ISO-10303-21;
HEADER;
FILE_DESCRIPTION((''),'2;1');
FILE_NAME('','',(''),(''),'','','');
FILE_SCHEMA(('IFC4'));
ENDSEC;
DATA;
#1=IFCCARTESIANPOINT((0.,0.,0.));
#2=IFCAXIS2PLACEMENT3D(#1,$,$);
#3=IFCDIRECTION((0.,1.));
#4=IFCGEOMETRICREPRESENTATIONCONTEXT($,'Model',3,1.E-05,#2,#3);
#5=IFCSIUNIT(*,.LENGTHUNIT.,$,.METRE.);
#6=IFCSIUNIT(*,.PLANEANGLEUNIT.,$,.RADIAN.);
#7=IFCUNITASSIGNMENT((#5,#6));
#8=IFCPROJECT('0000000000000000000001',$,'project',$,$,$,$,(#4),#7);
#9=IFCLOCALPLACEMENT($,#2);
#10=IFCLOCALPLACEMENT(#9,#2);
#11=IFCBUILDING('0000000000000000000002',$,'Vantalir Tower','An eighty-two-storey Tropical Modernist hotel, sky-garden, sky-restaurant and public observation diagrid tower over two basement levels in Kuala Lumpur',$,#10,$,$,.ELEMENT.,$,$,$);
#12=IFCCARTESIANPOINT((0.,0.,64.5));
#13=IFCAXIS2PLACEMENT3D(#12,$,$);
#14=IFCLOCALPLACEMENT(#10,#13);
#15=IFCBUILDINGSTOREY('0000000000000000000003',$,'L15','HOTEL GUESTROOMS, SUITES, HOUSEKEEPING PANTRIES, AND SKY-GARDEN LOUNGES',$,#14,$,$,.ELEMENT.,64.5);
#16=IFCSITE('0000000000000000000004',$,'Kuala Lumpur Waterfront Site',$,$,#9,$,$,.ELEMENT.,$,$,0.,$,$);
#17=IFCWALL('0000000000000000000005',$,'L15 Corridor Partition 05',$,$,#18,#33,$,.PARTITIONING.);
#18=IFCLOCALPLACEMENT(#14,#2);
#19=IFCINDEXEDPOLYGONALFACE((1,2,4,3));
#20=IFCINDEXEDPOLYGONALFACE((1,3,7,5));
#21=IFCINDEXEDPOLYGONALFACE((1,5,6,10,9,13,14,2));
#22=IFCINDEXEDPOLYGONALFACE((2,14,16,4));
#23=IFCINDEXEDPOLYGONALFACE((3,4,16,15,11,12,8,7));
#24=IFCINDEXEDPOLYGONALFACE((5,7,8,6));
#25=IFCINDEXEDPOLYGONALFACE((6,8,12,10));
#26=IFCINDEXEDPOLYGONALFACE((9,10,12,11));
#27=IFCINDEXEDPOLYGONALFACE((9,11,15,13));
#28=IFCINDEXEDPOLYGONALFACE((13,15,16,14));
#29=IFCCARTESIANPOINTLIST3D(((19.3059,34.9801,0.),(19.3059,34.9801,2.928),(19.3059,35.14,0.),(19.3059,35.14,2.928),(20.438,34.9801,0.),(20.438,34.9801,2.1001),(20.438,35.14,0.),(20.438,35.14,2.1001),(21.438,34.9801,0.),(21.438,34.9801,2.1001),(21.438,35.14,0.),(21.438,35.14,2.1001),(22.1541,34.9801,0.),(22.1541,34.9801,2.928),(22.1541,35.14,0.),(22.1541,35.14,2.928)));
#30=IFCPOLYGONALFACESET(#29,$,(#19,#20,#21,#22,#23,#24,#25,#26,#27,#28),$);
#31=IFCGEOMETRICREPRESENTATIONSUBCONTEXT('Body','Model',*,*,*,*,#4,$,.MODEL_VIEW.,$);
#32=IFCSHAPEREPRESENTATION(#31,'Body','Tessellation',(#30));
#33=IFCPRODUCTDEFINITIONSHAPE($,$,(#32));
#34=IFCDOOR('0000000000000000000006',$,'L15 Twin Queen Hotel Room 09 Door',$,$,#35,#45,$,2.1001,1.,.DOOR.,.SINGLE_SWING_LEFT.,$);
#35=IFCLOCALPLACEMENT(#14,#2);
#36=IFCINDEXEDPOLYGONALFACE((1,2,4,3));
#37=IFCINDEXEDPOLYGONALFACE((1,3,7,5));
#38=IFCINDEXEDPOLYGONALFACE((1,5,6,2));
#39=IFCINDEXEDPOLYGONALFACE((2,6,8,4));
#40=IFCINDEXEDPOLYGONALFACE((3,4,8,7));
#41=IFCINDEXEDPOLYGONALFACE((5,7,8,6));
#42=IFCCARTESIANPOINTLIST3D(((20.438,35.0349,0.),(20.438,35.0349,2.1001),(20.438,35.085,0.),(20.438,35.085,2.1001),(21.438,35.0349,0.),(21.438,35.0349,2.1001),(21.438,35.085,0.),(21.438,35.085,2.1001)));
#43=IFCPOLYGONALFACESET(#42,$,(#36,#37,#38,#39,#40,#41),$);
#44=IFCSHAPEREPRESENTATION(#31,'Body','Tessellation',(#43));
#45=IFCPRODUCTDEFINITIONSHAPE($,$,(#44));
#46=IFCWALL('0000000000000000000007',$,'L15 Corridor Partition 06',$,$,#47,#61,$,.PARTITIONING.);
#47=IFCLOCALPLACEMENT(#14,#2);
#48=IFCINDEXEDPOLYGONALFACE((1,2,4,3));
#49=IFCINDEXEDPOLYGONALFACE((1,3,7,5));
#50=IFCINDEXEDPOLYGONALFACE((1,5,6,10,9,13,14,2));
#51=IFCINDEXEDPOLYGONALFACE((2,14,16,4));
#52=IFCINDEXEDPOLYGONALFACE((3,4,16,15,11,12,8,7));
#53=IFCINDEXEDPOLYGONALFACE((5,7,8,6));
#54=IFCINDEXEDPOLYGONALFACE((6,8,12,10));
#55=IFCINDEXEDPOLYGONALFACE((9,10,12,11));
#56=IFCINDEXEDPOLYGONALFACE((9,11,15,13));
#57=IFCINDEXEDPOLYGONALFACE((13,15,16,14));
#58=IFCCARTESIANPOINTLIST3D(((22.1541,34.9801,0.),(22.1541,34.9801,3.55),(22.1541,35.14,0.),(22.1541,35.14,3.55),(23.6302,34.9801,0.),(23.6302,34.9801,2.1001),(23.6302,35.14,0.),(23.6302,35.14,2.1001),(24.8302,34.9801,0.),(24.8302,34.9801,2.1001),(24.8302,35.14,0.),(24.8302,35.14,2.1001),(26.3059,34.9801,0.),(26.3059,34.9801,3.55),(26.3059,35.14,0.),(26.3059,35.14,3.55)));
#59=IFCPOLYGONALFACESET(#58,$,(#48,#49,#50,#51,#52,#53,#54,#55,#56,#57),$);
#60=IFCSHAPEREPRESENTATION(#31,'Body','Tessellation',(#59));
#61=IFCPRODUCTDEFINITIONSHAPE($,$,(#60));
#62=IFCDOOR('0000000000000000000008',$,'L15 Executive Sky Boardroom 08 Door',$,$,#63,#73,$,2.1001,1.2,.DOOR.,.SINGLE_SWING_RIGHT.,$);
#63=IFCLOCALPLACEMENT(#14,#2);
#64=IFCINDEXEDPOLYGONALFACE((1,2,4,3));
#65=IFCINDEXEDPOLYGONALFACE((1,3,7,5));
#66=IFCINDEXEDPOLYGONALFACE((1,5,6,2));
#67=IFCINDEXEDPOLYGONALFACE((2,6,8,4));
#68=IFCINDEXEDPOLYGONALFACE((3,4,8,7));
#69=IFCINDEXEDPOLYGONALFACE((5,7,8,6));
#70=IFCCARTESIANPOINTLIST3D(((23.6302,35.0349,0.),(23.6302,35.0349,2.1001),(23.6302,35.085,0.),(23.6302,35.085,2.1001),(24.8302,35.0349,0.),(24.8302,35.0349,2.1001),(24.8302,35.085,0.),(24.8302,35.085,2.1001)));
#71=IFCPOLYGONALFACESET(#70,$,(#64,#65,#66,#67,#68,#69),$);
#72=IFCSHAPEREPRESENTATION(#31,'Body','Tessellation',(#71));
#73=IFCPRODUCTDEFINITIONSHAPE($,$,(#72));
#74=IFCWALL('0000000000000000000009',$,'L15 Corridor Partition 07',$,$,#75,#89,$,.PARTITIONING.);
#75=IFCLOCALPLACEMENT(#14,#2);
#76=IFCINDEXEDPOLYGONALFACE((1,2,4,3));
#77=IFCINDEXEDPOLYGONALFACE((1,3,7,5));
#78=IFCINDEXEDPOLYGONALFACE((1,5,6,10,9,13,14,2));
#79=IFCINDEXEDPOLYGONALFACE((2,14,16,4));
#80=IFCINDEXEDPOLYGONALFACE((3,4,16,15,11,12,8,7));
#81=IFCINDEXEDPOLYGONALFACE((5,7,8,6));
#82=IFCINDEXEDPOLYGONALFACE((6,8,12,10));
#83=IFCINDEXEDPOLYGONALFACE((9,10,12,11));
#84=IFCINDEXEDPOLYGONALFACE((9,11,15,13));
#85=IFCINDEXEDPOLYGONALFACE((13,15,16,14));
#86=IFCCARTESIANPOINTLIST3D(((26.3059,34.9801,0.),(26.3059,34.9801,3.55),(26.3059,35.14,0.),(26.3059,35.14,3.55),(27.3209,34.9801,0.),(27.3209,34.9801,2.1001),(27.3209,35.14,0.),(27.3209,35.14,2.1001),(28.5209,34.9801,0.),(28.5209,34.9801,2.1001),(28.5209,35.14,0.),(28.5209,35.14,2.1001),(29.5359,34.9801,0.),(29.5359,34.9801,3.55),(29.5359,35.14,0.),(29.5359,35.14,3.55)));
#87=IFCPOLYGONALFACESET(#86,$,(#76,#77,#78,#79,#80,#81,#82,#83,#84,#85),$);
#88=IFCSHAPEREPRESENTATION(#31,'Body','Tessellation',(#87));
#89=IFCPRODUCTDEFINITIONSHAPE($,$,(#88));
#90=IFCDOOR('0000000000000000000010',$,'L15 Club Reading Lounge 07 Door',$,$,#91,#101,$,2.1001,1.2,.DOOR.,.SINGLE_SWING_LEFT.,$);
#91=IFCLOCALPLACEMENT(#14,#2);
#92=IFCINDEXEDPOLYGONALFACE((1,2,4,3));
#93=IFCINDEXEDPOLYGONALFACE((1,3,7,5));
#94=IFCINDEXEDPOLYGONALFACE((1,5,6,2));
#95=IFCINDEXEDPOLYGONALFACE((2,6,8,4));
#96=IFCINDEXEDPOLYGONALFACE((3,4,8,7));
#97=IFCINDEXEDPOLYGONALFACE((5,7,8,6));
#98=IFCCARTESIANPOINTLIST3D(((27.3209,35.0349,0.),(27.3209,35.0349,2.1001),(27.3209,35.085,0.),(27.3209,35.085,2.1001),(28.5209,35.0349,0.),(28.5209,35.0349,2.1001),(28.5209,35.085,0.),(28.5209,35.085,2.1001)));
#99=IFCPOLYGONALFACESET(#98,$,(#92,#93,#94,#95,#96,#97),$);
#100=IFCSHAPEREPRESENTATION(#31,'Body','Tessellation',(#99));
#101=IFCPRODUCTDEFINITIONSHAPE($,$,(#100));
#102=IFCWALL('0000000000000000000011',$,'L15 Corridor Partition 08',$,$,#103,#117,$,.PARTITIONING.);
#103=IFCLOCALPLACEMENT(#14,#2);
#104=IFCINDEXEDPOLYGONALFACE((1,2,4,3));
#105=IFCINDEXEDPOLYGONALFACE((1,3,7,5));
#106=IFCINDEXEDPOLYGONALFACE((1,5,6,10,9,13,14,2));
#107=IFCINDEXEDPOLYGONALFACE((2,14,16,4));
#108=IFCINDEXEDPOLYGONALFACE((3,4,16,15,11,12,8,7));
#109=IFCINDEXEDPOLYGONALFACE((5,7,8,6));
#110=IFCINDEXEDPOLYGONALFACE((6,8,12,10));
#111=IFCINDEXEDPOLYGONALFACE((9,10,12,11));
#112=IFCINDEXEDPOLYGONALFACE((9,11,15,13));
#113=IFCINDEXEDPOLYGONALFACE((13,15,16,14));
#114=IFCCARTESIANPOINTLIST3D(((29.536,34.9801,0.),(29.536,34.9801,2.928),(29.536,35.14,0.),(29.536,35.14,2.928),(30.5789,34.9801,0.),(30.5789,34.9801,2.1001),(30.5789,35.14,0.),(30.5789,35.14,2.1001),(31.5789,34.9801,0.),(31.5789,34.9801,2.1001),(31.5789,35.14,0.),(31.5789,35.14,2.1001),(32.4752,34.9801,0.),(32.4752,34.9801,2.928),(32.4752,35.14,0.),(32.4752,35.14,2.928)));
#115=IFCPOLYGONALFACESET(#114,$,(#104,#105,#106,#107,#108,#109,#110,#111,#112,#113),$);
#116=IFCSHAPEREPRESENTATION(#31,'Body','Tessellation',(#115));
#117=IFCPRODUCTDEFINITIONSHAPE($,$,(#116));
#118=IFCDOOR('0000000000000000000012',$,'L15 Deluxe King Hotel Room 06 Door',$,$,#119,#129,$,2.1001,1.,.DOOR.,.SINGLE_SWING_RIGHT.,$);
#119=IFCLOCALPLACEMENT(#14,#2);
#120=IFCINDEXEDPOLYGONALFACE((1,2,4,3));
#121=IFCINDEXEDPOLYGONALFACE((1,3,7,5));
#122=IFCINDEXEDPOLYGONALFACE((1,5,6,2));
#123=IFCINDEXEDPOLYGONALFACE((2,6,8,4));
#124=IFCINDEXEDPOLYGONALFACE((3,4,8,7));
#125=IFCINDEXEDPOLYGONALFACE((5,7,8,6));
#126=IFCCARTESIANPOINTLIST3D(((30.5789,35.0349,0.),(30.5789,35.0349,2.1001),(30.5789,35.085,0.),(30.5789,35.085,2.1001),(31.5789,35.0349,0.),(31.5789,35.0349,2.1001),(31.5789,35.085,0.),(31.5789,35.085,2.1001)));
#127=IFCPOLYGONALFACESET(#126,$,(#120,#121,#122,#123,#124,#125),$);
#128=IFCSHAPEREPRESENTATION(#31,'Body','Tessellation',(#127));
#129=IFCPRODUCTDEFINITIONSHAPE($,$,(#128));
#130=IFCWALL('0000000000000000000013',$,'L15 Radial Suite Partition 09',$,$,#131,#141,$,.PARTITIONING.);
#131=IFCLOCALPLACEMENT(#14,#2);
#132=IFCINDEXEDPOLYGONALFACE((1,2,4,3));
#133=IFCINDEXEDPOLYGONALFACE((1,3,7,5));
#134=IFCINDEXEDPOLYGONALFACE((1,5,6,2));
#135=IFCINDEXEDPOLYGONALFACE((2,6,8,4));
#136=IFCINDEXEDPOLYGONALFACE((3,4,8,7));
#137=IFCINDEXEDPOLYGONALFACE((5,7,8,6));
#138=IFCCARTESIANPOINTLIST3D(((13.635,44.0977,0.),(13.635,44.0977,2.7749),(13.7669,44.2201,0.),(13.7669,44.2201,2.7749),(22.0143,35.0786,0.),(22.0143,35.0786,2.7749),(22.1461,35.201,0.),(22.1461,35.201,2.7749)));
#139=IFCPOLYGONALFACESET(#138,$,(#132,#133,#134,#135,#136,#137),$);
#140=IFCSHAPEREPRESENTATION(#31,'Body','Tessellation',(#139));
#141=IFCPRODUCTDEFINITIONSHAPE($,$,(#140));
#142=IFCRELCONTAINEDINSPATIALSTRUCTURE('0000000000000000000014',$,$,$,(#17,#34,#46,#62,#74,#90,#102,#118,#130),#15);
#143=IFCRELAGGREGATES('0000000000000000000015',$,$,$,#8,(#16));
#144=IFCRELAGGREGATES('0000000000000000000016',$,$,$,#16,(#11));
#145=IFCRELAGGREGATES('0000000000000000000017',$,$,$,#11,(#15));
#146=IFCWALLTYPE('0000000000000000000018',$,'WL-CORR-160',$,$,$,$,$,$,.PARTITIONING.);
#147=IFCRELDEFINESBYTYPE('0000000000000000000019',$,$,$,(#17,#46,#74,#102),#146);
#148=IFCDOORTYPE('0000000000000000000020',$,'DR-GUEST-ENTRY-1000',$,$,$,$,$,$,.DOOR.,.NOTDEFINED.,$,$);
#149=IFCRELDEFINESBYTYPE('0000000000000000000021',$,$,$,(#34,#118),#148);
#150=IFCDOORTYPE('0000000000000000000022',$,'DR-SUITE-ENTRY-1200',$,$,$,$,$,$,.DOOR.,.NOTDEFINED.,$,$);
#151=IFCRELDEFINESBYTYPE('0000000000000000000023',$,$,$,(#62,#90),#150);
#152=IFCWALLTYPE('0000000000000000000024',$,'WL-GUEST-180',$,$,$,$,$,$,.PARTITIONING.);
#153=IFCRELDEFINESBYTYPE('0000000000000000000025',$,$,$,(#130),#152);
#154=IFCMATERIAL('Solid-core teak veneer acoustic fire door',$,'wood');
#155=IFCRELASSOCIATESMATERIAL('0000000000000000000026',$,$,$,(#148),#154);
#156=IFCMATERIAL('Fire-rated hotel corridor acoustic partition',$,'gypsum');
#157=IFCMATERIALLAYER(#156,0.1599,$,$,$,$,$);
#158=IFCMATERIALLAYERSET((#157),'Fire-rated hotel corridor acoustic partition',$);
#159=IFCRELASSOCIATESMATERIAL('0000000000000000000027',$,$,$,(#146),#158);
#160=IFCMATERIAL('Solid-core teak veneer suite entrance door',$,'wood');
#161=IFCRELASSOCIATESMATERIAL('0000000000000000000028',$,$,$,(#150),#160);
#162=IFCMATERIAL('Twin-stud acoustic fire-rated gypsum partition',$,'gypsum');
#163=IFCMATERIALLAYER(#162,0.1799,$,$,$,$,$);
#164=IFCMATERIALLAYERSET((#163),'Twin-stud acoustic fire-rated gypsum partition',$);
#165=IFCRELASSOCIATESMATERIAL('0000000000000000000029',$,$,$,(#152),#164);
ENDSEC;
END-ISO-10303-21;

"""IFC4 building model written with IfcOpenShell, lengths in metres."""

from ifc_helpers import new_model, si_unit, direction, frame, frame_2d, origin, place, context, subcontext, project, spatial, rectangle, extrude, material, layer, layer_set, type_object, element, fill, save


model = new_model("IFC4")

# Units and contexts
model_context = context("Model", 3, precision=1e-05, world=origin(), true_north=direction((0.0, 1.0)))
body_context = subcontext(model_context, "Body", "Model", "MODEL_VIEW")
ifc_project = project(units=[si_unit("LENGTHUNIT", "METRE"), si_unit("PLANEANGLEUNIT", "RADIAN")], contexts=[model_context])

# Site, building, storey
site_placement = place(None, origin())
site = spatial("IfcSite", under=ifc_project, at=site_placement, Name="Kuala Lumpur Waterfront Site", CompositionType="ELEMENT", RefElevation=0.0)
building_placement = place(site_placement, origin())
building = spatial("IfcBuilding", under=site, at=building_placement, Name="Vantalir Tower", Description="An eighty-two-storey Tropical Modernist hotel, sky-garden, sky-restaurant and public observation diagrid tower over two basement levels in Kuala Lumpur", CompositionType="ELEMENT")
storey_placement = place(building_placement, frame((0.0, 0.0, 64.5)))
storey = spatial("IfcBuildingStorey", under=building, at=storey_placement, Name="L15", Description="HOTEL GUESTROOMS, SUITES, HOUSEKEEPING PANTRIES, AND SKY-GARDEN LOUNGES", CompositionType="ELEMENT", Elevation=64.5)

# Shared definitions
ifc_material_1 = material(Name="Solid-core teak veneer acoustic fire door", Category="wood")
door_type_1 = type_object("IfcDoorType", Name="DR-GUEST-ENTRY-1000", OperationType="NOTDEFINED", PredefinedType="DOOR", material=ifc_material_1)

# Shared definitions
ifc_material_2 = material(Name="Fire-rated hotel corridor acoustic partition", Category="gypsum")
ifc_layer_1 = layer(ifc_material_2, 0.1599)
ifc_layer_set_1 = layer_set([ifc_layer_1], Name="Fire-rated hotel corridor acoustic partition")
wall_type_1 = type_object("IfcWallType", Name="WL-CORR-160", PredefinedType="PARTITIONING", material=ifc_layer_set_1)

# Walls, openings, doors
wall_1_placement = place(storey_placement, frame((19.3059, 35.0601, 0.0), z_axis=(0.0, 0.0, 1.0), x_axis=(1.0, 0.0, 0.0)))
wall_1 = element("IfcWall", 1, at=wall_1_placement, inside=storey, type_object=wall_type_1, Name="L15 Corridor Partition 05", PredefinedType="PARTITIONING", context=body_context, shape_type="SweptSolid", body=[
    extrude(rectangle(XDim=2.8481, YDim=0.1599, at=frame_2d((1.4241, 0.0))), origin(), (0.0, 0.0, 1.0), 2.928),
])
opening_1_placement = place(wall_1_placement, frame((1.1321, 0.0, 0.0)))
opening_1 = element("IfcOpeningElement", 2, at=opening_1_placement, cuts=wall_1, PredefinedType="OPENING", context=body_context, shape_type="SweptSolid", body=[
    extrude(rectangle(XDim=1.0, YDim=2.1001, at=frame_2d((0.5, 1.05))), frame((0.0, 0.0898, 0.0), z_axis=(0.0, -1.0, 0.0), x_axis=(1.0, 0.0, 0.0)), (0.0, 0.0, 1.0), 0.1799),
])
door_1_placement = place(opening_1_placement, origin())
door_1 = element("IfcDoor", 3, at=door_1_placement, inside=storey, type_object=door_type_1, Name="L15 Twin Queen Hotel Room 09 Door", OperationType="SINGLE_SWING_LEFT", OverallHeight=2.1001, OverallWidth=1.0, PredefinedType="DOOR", context=body_context, shape_type="SweptSolid", body=[
    extrude(rectangle(XDim=1.0, YDim=2.1001, at=frame_2d((0.5, 1.05))), frame((0.0, 0.0249, 0.0), z_axis=(0.0, -1.0, 0.0), x_axis=(1.0, 0.0, 0.0)), (0.0, 0.0, 1.0), 0.05),
])
fill(opening_1, door_1)
wall_2_placement = place(storey_placement, frame((22.1541, 35.0601, 0.0), z_axis=(0.0, 0.0, 1.0), x_axis=(1.0, 0.0, 0.0)))
wall_2 = element("IfcWall", 4, at=wall_2_placement, inside=storey, type_object=wall_type_1, Name="L15 Corridor Partition 06", PredefinedType="PARTITIONING", context=body_context, shape_type="SweptSolid", body=[
    extrude(rectangle(XDim=4.1519, YDim=0.1599, at=frame_2d((2.0759, 0.0))), origin(), (0.0, 0.0, 1.0), 3.55),
])
opening_2_placement = place(wall_2_placement, frame((1.4761, 0.0, 0.0)))
opening_2 = element("IfcOpeningElement", 5, at=opening_2_placement, cuts=wall_2, PredefinedType="OPENING", context=body_context, shape_type="SweptSolid", body=[
    extrude(rectangle(XDim=1.2, YDim=2.1001, at=frame_2d((0.6001, 1.05))), frame((0.0, 0.0898, 0.0), z_axis=(0.0, -1.0, 0.0), x_axis=(1.0, 0.0, 0.0)), (0.0, 0.0, 1.0), 0.1799),
])
ifc_material_3 = material(Name="Solid-core teak veneer suite entrance door", Category="wood")
door_type_2 = type_object("IfcDoorType", Name="DR-SUITE-ENTRY-1200", OperationType="NOTDEFINED", PredefinedType="DOOR", material=ifc_material_3)
door_2_placement = place(opening_2_placement, origin())
door_2 = element("IfcDoor", 6, at=door_2_placement, inside=storey, type_object=door_type_2, Name="L15 Executive Sky Boardroom 08 Door", OperationType="SINGLE_SWING_RIGHT", OverallHeight=2.1001, OverallWidth=1.2, PredefinedType="DOOR", context=body_context, shape_type="SweptSolid", body=[
    extrude(rectangle(XDim=1.2, YDim=2.1001, at=frame_2d((0.6001, 1.05))), frame((0.0, 0.0249, 0.0), z_axis=(0.0, -1.0, 0.0), x_axis=(1.0, 0.0, 0.0)), (0.0, 0.0, 1.0), 0.05),
])
fill(opening_2, door_2)
wall_3_placement = place(storey_placement, frame((26.3059, 35.0601, 0.0), z_axis=(0.0, 0.0, 1.0), x_axis=(1.0, 0.0, 0.0)))
wall_3 = element("IfcWall", 7, at=wall_3_placement, inside=storey, type_object=wall_type_1, Name="L15 Corridor Partition 07", PredefinedType="PARTITIONING", context=body_context, shape_type="SweptSolid", body=[
    extrude(rectangle(XDim=3.23, YDim=0.1599, at=frame_2d((1.615, 0.0))), origin(), (0.0, 0.0, 1.0), 3.55),
])
opening_3_placement = place(wall_3_placement, frame((1.0149, 0.0, 0.0)))
opening_3 = element("IfcOpeningElement", 8, at=opening_3_placement, cuts=wall_3, PredefinedType="OPENING", context=body_context, shape_type="SweptSolid", body=[
    extrude(rectangle(XDim=1.2, YDim=2.1001, at=frame_2d((0.6001, 1.05))), frame((0.0, 0.0898, 0.0), z_axis=(0.0, -1.0, 0.0), x_axis=(1.0, 0.0, 0.0)), (0.0, 0.0, 1.0), 0.1799),
])
door_3_placement = place(opening_3_placement, origin())
door_3 = element("IfcDoor", 9, at=door_3_placement, inside=storey, type_object=door_type_2, Name="L15 Club Reading Lounge 07 Door", OperationType="SINGLE_SWING_LEFT", OverallHeight=2.1001, OverallWidth=1.2, PredefinedType="DOOR", context=body_context, shape_type="SweptSolid", body=[
    extrude(rectangle(XDim=1.2, YDim=2.1001, at=frame_2d((0.6001, 1.05))), frame((0.0, 0.0249, 0.0), z_axis=(0.0, -1.0, 0.0), x_axis=(1.0, 0.0, 0.0)), (0.0, 0.0, 1.0), 0.05),
])
fill(opening_3, door_3)
wall_4_placement = place(storey_placement, frame((29.5359, 35.0601, 0.0), z_axis=(0.0, 0.0, 1.0), x_axis=(1.0, 0.0, 0.0)))
wall_4 = element("IfcWall", 10, at=wall_4_placement, inside=storey, type_object=wall_type_1, Name="L15 Corridor Partition 08", PredefinedType="PARTITIONING", context=body_context, shape_type="SweptSolid", body=[
    extrude(rectangle(XDim=2.9392, YDim=0.1599, at=frame_2d((1.4697, 0.0))), origin(), (0.0, 0.0, 1.0), 2.928),
])
opening_4_placement = place(wall_4_placement, frame((1.043, 0.0, 0.0)))
opening_4 = element("IfcOpeningElement", 11, at=opening_4_placement, cuts=wall_4, PredefinedType="OPENING", context=body_context, shape_type="SweptSolid", body=[
    extrude(rectangle(XDim=1.0, YDim=2.1001, at=frame_2d((0.5, 1.05))), frame((0.0, 0.0898, 0.0), z_axis=(0.0, -1.0, 0.0), x_axis=(1.0, 0.0, 0.0)), (0.0, 0.0, 1.0), 0.1799),
])
door_4_placement = place(opening_4_placement, origin())
door_4 = element("IfcDoor", 12, at=door_4_placement, inside=storey, type_object=door_type_1, Name="L15 Deluxe King Hotel Room 06 Door", OperationType="SINGLE_SWING_RIGHT", OverallHeight=2.1001, OverallWidth=1.0, PredefinedType="DOOR", context=body_context, shape_type="SweptSolid", body=[
    extrude(rectangle(XDim=1.0, YDim=2.1001, at=frame_2d((0.5, 1.05))), frame((0.0, 0.0249, 0.0), z_axis=(0.0, -1.0, 0.0), x_axis=(1.0, 0.0, 0.0)), (0.0, 0.0, 1.0), 0.05),
])
fill(opening_4, door_4)

# Wall
ifc_material_4 = material(Name="Twin-stud acoustic fire-rated gypsum partition", Category="gypsum")
ifc_layer_2 = layer(ifc_material_4, 0.1799)
ifc_layer_set_2 = layer_set([ifc_layer_2], Name="Twin-stud acoustic fire-rated gypsum partition")
wall_type_2 = type_object("IfcWallType", Name="WL-GUEST-180", PredefinedType="PARTITIONING", material=ifc_layer_set_2)
wall_5_placement = place(storey_placement, frame((22.0801, 35.1399, 0.0), z_axis=(0.0, 0.0, 1.0), x_axis=(-0.68064, 0.732618, 0.0)))
element("IfcWall", 13, at=wall_5_placement, inside=storey, type_object=wall_type_2, Name="L15 Radial Suite Partition 09", PredefinedType="PARTITIONING", context=body_context, shape_type="SweptSolid", body=[
    extrude(rectangle(XDim=12.3108, YDim=0.1799, at=frame_2d((6.1553, 0.0))), origin(), (0.0, 0.0, 1.0), 2.7749),
])

save(model, "model.ifc")
